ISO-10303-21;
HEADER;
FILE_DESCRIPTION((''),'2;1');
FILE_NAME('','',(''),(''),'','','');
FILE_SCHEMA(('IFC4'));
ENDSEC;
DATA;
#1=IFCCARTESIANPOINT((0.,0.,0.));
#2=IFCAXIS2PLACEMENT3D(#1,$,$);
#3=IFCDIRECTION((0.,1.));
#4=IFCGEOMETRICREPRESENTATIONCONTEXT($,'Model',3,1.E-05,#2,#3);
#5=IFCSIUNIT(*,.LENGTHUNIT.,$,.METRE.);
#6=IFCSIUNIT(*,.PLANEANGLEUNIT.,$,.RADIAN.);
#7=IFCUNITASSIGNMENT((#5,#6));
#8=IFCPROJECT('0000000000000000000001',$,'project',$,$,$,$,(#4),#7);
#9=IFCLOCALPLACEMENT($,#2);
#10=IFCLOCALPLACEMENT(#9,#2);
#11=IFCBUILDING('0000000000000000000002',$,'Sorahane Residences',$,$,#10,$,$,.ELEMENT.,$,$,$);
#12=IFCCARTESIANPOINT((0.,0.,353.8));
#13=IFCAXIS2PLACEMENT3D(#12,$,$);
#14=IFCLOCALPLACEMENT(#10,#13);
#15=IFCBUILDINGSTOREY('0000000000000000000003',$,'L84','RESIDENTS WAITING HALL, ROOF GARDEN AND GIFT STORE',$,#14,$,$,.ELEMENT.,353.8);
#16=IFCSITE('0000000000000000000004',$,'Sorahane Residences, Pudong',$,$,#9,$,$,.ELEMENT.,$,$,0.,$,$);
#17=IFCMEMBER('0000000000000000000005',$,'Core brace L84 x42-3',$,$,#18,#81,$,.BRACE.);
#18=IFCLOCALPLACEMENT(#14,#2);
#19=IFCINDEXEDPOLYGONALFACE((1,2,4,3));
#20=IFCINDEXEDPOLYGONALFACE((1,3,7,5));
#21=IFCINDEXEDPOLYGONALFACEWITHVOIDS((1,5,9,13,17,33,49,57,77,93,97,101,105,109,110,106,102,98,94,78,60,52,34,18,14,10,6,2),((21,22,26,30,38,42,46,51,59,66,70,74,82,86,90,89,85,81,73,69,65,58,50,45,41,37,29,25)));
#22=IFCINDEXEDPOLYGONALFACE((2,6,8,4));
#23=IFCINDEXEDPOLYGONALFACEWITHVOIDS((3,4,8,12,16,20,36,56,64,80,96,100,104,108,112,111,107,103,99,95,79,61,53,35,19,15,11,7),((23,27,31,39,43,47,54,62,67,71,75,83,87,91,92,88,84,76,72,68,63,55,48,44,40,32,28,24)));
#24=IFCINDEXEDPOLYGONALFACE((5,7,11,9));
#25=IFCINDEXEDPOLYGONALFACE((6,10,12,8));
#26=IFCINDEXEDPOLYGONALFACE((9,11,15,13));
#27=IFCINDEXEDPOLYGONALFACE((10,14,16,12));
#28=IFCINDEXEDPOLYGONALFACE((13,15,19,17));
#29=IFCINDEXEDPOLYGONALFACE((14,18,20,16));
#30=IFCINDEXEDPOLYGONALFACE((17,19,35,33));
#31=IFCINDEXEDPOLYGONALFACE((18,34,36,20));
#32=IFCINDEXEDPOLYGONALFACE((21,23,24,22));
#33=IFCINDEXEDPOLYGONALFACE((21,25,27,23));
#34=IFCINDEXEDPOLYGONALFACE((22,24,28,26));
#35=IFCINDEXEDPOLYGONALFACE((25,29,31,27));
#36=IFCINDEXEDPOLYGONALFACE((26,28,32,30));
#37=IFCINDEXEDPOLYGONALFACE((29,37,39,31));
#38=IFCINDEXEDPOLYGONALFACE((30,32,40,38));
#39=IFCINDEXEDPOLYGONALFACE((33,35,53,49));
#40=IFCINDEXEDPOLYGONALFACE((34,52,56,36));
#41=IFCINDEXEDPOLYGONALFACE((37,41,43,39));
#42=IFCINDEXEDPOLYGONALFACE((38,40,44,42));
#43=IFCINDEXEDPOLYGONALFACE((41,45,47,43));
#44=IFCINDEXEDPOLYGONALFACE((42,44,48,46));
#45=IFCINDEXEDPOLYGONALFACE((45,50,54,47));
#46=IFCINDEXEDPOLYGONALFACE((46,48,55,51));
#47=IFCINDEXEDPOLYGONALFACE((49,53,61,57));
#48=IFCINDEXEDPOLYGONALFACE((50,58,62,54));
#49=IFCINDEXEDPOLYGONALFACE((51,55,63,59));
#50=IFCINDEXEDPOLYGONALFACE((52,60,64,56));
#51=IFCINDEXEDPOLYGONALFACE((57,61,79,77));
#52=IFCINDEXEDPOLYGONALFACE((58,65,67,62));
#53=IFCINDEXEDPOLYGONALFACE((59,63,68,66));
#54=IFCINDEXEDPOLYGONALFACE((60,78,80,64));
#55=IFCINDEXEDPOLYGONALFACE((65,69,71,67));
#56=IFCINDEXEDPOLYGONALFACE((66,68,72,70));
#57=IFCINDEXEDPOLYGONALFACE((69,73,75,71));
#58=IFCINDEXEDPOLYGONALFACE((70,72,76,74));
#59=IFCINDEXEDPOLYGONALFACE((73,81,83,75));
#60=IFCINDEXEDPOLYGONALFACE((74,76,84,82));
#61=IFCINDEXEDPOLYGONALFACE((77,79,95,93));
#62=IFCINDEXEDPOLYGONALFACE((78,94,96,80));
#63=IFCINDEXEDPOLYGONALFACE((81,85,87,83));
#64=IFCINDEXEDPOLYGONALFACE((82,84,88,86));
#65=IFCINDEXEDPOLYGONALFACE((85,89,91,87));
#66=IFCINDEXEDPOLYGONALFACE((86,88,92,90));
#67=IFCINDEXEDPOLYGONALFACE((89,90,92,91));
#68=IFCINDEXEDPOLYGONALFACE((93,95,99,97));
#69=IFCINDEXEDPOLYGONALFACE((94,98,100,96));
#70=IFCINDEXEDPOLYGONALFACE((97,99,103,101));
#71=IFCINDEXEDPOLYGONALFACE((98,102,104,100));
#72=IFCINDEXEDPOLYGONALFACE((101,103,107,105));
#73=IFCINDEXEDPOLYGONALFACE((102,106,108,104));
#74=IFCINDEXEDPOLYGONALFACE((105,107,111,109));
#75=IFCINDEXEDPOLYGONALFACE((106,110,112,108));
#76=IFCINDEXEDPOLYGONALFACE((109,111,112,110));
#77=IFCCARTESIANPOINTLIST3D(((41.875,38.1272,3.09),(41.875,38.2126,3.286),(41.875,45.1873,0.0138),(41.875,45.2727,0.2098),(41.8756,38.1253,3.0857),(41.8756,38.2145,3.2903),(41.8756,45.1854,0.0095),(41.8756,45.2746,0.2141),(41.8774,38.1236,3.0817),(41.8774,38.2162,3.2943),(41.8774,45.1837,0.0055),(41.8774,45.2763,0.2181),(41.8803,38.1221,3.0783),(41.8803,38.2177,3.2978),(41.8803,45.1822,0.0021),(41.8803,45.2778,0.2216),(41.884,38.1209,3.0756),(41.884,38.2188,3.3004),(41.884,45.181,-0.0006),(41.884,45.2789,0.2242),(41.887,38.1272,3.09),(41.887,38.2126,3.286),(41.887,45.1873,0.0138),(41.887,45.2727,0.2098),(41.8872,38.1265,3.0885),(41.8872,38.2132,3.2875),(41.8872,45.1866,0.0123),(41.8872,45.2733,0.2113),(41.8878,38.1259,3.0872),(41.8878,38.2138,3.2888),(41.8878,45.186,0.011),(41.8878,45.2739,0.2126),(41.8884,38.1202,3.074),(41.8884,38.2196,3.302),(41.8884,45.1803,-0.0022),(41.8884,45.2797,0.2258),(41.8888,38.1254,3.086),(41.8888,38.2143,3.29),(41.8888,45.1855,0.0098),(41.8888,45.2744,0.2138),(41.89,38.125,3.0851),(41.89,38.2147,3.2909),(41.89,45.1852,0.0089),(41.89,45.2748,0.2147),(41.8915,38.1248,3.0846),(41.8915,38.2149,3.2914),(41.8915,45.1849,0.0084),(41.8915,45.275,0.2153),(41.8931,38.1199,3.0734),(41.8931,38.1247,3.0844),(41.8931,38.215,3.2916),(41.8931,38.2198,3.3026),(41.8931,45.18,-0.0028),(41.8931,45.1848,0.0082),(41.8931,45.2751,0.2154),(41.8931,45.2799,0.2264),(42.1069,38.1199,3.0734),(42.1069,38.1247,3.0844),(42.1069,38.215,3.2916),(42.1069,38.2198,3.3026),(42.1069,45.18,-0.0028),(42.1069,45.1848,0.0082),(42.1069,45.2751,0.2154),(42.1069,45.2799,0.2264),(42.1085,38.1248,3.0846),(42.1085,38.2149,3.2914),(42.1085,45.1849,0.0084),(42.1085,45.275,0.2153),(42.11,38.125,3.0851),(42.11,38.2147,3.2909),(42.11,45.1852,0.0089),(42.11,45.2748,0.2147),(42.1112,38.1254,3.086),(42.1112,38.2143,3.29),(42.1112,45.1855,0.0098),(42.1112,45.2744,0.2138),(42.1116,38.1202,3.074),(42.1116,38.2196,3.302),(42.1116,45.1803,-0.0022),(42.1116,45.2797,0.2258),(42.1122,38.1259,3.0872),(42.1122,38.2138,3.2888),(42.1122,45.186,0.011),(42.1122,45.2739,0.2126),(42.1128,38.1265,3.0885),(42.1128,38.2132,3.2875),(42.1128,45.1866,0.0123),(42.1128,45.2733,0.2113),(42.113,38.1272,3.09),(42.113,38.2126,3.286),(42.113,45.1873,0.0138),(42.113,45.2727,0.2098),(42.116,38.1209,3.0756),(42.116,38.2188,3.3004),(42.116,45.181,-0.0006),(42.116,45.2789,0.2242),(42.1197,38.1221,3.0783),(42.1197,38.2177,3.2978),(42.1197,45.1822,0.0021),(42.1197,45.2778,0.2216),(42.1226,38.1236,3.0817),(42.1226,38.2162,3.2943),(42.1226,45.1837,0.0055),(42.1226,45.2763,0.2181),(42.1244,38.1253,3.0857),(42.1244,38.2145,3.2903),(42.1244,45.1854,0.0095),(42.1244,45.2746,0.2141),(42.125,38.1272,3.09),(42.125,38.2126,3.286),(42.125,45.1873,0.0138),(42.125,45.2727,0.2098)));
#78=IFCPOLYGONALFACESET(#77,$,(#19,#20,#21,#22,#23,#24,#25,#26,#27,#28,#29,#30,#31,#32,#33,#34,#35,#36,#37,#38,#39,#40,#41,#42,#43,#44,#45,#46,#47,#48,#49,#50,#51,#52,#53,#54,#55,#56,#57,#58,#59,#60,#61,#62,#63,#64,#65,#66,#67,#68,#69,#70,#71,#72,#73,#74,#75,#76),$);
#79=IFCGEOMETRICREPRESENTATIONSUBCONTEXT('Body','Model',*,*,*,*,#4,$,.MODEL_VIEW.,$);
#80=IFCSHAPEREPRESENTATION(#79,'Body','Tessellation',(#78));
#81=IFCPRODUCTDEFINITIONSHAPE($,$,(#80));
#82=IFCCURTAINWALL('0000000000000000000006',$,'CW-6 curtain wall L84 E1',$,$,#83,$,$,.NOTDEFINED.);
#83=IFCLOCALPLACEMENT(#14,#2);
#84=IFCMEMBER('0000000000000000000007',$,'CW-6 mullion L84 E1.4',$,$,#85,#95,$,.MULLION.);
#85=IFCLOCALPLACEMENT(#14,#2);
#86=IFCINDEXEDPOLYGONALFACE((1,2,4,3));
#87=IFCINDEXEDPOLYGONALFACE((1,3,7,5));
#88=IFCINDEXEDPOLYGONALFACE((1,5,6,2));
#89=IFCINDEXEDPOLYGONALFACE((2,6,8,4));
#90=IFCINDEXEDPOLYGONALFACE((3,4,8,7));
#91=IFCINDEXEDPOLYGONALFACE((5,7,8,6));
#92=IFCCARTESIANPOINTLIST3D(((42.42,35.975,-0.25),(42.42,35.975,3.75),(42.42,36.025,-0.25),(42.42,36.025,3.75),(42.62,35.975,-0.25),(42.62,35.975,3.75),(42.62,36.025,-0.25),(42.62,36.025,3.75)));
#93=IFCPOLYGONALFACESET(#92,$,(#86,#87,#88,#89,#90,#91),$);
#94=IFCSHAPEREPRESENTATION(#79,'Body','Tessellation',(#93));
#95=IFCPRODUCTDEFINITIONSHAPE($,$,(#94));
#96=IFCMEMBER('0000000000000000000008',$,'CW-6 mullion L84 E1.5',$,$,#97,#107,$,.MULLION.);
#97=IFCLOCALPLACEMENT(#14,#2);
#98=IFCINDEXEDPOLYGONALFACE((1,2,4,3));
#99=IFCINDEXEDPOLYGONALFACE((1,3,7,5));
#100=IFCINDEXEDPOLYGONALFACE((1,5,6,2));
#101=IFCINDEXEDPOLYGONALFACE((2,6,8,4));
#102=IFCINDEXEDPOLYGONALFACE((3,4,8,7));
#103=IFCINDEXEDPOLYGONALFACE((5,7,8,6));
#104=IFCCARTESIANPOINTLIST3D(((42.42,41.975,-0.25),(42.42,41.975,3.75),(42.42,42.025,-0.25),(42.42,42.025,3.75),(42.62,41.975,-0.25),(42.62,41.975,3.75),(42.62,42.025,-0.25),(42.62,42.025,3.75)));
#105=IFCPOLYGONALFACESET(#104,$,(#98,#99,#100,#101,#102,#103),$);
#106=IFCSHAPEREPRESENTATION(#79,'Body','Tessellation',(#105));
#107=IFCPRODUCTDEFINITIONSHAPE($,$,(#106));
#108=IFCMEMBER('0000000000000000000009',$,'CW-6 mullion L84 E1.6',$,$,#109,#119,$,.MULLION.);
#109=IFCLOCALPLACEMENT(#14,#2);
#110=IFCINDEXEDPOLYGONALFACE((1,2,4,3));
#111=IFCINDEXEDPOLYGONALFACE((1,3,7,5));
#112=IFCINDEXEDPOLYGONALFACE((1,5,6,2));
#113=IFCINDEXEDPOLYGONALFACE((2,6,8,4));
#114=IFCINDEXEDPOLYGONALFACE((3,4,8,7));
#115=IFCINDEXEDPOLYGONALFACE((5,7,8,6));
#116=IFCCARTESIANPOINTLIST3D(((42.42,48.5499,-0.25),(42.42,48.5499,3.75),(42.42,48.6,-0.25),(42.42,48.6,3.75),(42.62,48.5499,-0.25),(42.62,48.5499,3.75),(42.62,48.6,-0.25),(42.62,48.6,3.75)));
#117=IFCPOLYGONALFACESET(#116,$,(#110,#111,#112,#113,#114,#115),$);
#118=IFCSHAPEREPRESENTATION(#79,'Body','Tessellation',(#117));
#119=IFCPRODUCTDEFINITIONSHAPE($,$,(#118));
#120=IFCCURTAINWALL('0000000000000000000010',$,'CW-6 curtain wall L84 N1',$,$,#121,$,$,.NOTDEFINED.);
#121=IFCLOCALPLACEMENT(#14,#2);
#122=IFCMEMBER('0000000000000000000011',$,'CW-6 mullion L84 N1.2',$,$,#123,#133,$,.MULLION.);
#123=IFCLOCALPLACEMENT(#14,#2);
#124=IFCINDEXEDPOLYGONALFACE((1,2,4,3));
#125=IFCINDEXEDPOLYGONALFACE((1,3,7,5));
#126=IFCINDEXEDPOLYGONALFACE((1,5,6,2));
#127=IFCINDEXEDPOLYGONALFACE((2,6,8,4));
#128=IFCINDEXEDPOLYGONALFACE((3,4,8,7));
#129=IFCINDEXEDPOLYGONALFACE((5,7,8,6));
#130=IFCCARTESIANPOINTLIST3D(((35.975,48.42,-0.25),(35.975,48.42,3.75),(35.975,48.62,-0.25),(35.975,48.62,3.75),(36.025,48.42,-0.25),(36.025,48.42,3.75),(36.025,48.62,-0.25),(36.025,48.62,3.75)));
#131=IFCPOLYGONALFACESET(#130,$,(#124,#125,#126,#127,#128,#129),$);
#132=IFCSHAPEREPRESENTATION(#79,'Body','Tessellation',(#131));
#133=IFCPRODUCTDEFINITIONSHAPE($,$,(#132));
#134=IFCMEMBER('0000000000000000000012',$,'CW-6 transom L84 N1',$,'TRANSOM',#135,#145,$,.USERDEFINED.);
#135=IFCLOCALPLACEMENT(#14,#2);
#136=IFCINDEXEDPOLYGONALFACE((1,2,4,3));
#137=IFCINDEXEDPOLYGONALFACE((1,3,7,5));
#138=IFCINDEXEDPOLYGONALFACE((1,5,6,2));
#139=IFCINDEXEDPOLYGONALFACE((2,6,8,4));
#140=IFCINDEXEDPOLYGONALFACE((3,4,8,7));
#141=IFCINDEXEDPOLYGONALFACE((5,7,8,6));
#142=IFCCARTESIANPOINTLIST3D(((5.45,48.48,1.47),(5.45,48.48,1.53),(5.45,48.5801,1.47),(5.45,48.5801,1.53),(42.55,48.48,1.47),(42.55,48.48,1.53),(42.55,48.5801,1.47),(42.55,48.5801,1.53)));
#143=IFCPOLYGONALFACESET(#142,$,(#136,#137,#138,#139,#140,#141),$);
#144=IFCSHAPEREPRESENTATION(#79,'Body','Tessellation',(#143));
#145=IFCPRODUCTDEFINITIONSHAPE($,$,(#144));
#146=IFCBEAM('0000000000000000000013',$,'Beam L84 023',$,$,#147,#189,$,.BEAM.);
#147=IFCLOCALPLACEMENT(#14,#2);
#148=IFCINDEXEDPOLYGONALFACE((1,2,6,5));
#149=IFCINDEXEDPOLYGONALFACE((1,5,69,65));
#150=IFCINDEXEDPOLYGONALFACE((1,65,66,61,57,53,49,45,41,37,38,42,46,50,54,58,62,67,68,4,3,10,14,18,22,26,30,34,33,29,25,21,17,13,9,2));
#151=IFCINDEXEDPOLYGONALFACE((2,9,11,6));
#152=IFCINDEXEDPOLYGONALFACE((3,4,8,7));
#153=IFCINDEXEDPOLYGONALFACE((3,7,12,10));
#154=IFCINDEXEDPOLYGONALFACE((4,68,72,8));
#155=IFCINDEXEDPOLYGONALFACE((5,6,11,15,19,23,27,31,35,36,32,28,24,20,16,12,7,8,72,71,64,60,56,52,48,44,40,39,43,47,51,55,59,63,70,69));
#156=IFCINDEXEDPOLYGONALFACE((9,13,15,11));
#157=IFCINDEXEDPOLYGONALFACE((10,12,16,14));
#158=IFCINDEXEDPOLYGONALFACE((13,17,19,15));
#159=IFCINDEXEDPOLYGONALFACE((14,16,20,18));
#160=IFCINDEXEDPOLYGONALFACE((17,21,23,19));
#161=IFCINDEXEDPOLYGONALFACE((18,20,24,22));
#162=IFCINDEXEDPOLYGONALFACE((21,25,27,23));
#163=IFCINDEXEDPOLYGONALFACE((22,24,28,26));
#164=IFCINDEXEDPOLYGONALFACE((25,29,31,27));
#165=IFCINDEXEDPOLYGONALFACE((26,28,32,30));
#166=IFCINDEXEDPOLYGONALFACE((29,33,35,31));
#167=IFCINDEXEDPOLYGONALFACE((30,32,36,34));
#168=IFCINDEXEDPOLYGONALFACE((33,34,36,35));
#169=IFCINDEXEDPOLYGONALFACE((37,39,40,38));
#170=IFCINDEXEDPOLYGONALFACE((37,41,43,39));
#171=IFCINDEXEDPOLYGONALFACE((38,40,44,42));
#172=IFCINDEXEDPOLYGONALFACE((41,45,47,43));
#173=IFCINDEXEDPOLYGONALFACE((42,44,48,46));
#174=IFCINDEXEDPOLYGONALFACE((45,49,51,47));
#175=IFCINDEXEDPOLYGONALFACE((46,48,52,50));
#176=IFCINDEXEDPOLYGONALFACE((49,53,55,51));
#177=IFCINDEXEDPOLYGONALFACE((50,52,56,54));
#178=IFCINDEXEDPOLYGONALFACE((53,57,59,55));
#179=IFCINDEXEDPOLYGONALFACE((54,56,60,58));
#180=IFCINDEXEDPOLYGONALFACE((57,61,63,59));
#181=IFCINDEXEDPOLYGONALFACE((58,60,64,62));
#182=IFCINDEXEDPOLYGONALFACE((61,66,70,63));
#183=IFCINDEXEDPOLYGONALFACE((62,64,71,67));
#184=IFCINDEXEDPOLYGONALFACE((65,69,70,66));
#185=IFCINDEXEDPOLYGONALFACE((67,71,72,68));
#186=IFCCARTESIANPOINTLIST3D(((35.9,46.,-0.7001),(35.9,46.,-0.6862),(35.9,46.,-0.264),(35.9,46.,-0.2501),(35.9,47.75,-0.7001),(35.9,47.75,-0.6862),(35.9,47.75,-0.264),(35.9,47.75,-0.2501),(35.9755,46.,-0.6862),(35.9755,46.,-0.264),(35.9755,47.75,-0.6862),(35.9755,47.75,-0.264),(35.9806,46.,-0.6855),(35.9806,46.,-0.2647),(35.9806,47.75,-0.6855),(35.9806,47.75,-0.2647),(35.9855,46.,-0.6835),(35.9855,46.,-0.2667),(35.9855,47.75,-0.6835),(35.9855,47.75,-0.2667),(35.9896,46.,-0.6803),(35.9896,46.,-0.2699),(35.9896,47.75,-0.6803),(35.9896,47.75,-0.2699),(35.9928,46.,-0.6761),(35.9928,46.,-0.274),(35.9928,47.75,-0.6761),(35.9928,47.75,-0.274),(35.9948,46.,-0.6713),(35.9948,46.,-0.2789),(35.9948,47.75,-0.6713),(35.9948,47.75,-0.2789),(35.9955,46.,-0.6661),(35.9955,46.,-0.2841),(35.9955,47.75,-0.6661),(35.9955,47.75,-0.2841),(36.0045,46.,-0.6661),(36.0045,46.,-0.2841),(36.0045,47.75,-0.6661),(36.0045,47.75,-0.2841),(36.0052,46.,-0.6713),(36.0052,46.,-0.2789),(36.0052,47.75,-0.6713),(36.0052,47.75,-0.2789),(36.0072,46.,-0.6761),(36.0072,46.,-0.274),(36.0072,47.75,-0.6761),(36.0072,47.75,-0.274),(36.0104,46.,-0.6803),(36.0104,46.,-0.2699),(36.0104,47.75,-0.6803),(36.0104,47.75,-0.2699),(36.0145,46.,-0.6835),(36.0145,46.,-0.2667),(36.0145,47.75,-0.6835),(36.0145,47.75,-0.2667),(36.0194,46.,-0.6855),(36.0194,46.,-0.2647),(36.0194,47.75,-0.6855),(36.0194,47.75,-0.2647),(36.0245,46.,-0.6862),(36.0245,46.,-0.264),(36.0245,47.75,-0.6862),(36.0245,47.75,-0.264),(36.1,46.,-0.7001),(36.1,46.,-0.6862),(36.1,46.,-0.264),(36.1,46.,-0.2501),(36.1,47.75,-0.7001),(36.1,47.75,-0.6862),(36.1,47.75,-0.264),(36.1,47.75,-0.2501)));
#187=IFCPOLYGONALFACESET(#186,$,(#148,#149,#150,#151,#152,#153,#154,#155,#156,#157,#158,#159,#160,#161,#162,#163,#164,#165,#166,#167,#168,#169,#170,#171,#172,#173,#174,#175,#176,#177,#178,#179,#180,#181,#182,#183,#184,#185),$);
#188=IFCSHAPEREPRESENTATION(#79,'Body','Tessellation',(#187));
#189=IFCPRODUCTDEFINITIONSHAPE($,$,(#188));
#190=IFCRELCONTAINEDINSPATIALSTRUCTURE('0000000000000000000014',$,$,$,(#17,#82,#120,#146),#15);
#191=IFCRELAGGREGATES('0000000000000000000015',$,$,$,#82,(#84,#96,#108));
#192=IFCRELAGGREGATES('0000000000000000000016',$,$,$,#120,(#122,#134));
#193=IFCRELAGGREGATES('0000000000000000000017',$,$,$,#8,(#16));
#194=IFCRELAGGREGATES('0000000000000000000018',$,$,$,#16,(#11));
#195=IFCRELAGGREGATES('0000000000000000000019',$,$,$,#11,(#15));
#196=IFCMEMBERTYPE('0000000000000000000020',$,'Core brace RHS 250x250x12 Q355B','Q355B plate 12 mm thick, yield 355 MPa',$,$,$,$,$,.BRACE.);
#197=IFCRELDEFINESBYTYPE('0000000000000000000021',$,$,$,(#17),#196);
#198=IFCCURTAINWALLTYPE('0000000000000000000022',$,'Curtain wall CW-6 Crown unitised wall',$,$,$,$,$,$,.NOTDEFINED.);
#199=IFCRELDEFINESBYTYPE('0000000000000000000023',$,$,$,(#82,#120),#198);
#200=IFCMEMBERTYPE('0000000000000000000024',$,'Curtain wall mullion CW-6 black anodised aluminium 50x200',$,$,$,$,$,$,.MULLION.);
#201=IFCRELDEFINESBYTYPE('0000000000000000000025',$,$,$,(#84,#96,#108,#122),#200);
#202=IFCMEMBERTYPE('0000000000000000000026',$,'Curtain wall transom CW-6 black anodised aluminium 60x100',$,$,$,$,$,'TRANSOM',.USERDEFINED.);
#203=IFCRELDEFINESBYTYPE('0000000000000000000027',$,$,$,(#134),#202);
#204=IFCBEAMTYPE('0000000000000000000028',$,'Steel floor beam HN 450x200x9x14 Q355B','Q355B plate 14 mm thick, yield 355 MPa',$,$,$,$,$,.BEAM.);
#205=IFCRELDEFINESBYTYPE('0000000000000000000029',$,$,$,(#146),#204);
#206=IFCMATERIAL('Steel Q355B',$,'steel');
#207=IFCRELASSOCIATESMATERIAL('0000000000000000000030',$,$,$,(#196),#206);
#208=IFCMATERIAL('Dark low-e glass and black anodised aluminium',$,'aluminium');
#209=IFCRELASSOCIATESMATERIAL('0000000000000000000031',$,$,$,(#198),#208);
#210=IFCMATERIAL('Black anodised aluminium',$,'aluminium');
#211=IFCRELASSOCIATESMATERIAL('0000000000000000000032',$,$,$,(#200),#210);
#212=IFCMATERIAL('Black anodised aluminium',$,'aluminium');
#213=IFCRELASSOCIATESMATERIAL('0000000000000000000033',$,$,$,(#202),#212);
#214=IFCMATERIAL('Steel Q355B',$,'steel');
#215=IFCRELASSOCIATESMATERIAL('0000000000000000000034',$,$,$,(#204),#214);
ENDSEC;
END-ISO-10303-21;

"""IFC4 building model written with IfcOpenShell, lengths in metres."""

from ifc_helpers import new_model, si_unit, direction, frame, origin, origin_2d, place, context, subcontext, project, spatial, rectangle, hollow_rectangle, i_section, extrude, material, material_profile, profile_set, type_object, element, aggregate, save


model = new_model("IFC4")

# Units and contexts
model_context = context("Model", 3, precision=1e-05, world=origin(), true_north=direction((0.0, 1.0)))
body_context = subcontext(model_context, "Body", "Model", "MODEL_VIEW")
ifc_project = project(units=[si_unit("LENGTHUNIT", "METRE"), si_unit("PLANEANGLEUNIT", "RADIAN")], contexts=[model_context])

# Site, building, storey
site_placement = place(None, origin())
site = spatial("IfcSite", under=ifc_project, at=site_placement, Name="Sorahane Residences, Pudong", CompositionType="ELEMENT", RefElevation=0.0)
building_placement = place(site_placement, origin())
building = spatial("IfcBuilding", under=site, at=building_placement, Name="Sorahane Residences", CompositionType="ELEMENT")
storey_placement = place(building_placement, frame((0.0, 0.0, 353.8)))
storey = spatial("IfcBuildingStorey", under=building, at=storey_placement, Name="L84", Description="RESIDENTS WAITING HALL, ROOF GARDEN AND GIFT STORE", CompositionType="ELEMENT", Elevation=353.8)

# Member
ifc_material_1 = material(Name="Steel Q355B", Category="steel")
ifc_material_profile_1 = material_profile(ifc_material_1, hollow_rectangle(XDim=0.25, YDim=0.25, WallThickness=0.012, InnerFilletRadius=0.0061, OuterFilletRadius=0.0181, at=origin_2d()), Name="RHS 250x250x12")
ifc_profile_set_1 = profile_set([ifc_material_profile_1], Name="Steel Q355B")
member_type_1 = type_object("IfcMemberType", Name="Core brace RHS 250x250x12 Q355B", Description="Q355B plate 12 mm thick, yield 355 MPa", PredefinedType="BRACE", material=ifc_profile_set_1)
member_1_placement = place(storey_placement, frame((42.0, 45.23, 0.1118), z_axis=(0.0, -0.916757, 0.399445), x_axis=(1.0, 0.0, 0.0)))
element("IfcMember", 1, at=member_1_placement, inside=storey, type_object=member_type_1, Name="Core brace L84 x42-3", PredefinedType="BRACE", context=body_context, shape_type="SweptSolid", body=[
    extrude(hollow_rectangle(XDim=0.25, YDim=0.25, WallThickness=0.012, InnerFilletRadius=0.0061, OuterFilletRadius=0.0181, at=origin_2d()), origin(), (0.0, 0.0, 1.0), 7.7012),
])

# Curtain walls, members
ifc_material_2 = material(Name="Dark low-e glass and black anodised aluminium", Category="aluminium")
curtain_wall_type = type_object("IfcCurtainWallType", Name="Curtain wall CW-6 Crown unitised wall", PredefinedType="NOTDEFINED", material=ifc_material_2)
curtain_wall_1_placement = place(storey_placement, origin())
curtain_wall_1 = element("IfcCurtainWall", 2, at=curtain_wall_1_placement, inside=storey, type_object=curtain_wall_type, Name="CW-6 curtain wall L84 E1", PredefinedType="NOTDEFINED")
ifc_material_3 = material(Name="Black anodised aluminium", Category="aluminium")
ifc_material_profile_2 = material_profile(ifc_material_3, rectangle(XDim=0.2, YDim=0.05, at=origin_2d()), Name="Curtain wall mullion CW-6 black anodised aluminium 50x200")
ifc_profile_set_2 = profile_set([ifc_material_profile_2], Name="Black anodised aluminium")
member_type_2 = type_object("IfcMemberType", Name="Curtain wall mullion CW-6 black anodised aluminium 50x200", PredefinedType="MULLION", material=ifc_profile_set_2)
member_2_placement = place(storey_placement, frame((42.52, 36.0, -0.25), z_axis=(0.0, 0.0, 1.0), x_axis=(1.0, 0.0, 0.0)))
member_2 = element("IfcMember", 3, at=member_2_placement, type_object=member_type_2, Name="CW-6 mullion L84 E1.4", PredefinedType="MULLION", context=body_context, shape_type="SweptSolid", body=[
    extrude(rectangle(XDim=0.2, YDim=0.05, at=origin_2d()), origin(), (0.0, 0.0, 1.0), 4.0),
])
member_3_placement = place(storey_placement, frame((42.52, 42.0, -0.25), z_axis=(0.0, 0.0, 1.0), x_axis=(1.0, 0.0, 0.0)))
member_3 = element("IfcMember", 4, at=member_3_placement, type_object=member_type_2, Name="CW-6 mullion L84 E1.5", PredefinedType="MULLION", context=body_context, shape_type="SweptSolid", body=[
    extrude(rectangle(XDim=0.2, YDim=0.05, at=origin_2d()), origin(), (0.0, 0.0, 1.0), 4.0),
])
member_4_placement = place(storey_placement, frame((42.52, 48.575, -0.25), z_axis=(0.0, 0.0, 1.0), x_axis=(1.0, 0.0, 0.0)))
member_4 = element("IfcMember", 5, at=member_4_placement, type_object=member_type_2, Name="CW-6 mullion L84 E1.6", PredefinedType="MULLION", context=body_context, shape_type="SweptSolid", body=[
    extrude(rectangle(XDim=0.2, YDim=0.05, at=origin_2d()), origin(), (0.0, 0.0, 1.0), 4.0),
])
curtain_wall_2_placement = place(storey_placement, origin())
curtain_wall_2 = element("IfcCurtainWall", 6, at=curtain_wall_2_placement, inside=storey, type_object=curtain_wall_type, Name="CW-6 curtain wall L84 N1", PredefinedType="NOTDEFINED")
member_5_placement = place(storey_placement, frame((36.0, 48.52, -0.25), z_axis=(0.0, 0.0, 1.0), x_axis=(0.0, 1.0, 0.0)))
member_5 = element("IfcMember", 7, at=member_5_placement, type_object=member_type_2, Name="CW-6 mullion L84 N1.2", PredefinedType="MULLION", context=body_context, shape_type="SweptSolid", body=[
    extrude(rectangle(XDim=0.2, YDim=0.05, at=origin_2d()), origin(), (0.0, 0.0, 1.0), 4.0),
])
ifc_material_4 = material(Name="Black anodised aluminium", Category="aluminium")
ifc_material_profile_3 = material_profile(ifc_material_4, rectangle(XDim=0.1001, YDim=0.0601, at=origin_2d()), Name="Curtain wall transom CW-6 black anodised aluminium 60x100")
ifc_profile_set_3 = profile_set([ifc_material_profile_3], Name="Black anodised aluminium")
member_type_3 = type_object("IfcMemberType", Name="Curtain wall transom CW-6 black anodised aluminium 60x100", ElementType="TRANSOM", PredefinedType="USERDEFINED", material=ifc_profile_set_3)
member_6_placement = place(storey_placement, frame((42.55, 48.53, 1.5), z_axis=(-1.0, 0.0, 0.0), x_axis=(0.0, -1.0, 0.0)))
member_6 = element("IfcMember", 8, at=member_6_placement, type_object=member_type_3, Name="CW-6 transom L84 N1", ObjectType="TRANSOM", PredefinedType="USERDEFINED", context=body_context, shape_type="SweptSolid", body=[
    extrude(rectangle(XDim=0.1001, YDim=0.0601, at=origin_2d()), origin(), (0.0, 0.0, 1.0), 37.1001),
])

# Beam
ifc_material_5 = material(Name="Steel Q355B", Category="steel")
ifc_material_profile_4 = material_profile(ifc_material_5, i_section(OverallWidth=0.2, OverallDepth=0.45, WebThickness=0.009, FlangeThickness=0.0139, FilletRadius=0.02, at=origin_2d()), Name="HN 450x200x9x14")
ifc_profile_set_4 = profile_set([ifc_material_profile_4], Name="Steel Q355B")
beam_type_1 = type_object("IfcBeamType", Name="Steel floor beam HN 450x200x9x14 Q355B", Description="Q355B plate 14 mm thick, yield 355 MPa", PredefinedType="BEAM", material=ifc_profile_set_4)
beam_1_placement = place(storey_placement, frame((36.0, 46.0, -0.4751), z_axis=(0.0, 1.0, 0.0), x_axis=(-1.0, 0.0, 0.0)))
element("IfcBeam", 9, at=beam_1_placement, inside=storey, type_object=beam_type_1, Name="Beam L84 023", PredefinedType="BEAM", context=body_context, shape_type="SweptSolid", body=[
    extrude(i_section(OverallWidth=0.2, OverallDepth=0.45, WebThickness=0.009, FlangeThickness=0.0139, FilletRadius=0.02, at=origin_2d()), origin(), (0.0, 0.0, 1.0), 1.75),
])

aggregate(curtain_wall_1, [member_2, member_3, member_4])
aggregate(curtain_wall_2, [member_5, member_6])

save(model, "model.ifc")
